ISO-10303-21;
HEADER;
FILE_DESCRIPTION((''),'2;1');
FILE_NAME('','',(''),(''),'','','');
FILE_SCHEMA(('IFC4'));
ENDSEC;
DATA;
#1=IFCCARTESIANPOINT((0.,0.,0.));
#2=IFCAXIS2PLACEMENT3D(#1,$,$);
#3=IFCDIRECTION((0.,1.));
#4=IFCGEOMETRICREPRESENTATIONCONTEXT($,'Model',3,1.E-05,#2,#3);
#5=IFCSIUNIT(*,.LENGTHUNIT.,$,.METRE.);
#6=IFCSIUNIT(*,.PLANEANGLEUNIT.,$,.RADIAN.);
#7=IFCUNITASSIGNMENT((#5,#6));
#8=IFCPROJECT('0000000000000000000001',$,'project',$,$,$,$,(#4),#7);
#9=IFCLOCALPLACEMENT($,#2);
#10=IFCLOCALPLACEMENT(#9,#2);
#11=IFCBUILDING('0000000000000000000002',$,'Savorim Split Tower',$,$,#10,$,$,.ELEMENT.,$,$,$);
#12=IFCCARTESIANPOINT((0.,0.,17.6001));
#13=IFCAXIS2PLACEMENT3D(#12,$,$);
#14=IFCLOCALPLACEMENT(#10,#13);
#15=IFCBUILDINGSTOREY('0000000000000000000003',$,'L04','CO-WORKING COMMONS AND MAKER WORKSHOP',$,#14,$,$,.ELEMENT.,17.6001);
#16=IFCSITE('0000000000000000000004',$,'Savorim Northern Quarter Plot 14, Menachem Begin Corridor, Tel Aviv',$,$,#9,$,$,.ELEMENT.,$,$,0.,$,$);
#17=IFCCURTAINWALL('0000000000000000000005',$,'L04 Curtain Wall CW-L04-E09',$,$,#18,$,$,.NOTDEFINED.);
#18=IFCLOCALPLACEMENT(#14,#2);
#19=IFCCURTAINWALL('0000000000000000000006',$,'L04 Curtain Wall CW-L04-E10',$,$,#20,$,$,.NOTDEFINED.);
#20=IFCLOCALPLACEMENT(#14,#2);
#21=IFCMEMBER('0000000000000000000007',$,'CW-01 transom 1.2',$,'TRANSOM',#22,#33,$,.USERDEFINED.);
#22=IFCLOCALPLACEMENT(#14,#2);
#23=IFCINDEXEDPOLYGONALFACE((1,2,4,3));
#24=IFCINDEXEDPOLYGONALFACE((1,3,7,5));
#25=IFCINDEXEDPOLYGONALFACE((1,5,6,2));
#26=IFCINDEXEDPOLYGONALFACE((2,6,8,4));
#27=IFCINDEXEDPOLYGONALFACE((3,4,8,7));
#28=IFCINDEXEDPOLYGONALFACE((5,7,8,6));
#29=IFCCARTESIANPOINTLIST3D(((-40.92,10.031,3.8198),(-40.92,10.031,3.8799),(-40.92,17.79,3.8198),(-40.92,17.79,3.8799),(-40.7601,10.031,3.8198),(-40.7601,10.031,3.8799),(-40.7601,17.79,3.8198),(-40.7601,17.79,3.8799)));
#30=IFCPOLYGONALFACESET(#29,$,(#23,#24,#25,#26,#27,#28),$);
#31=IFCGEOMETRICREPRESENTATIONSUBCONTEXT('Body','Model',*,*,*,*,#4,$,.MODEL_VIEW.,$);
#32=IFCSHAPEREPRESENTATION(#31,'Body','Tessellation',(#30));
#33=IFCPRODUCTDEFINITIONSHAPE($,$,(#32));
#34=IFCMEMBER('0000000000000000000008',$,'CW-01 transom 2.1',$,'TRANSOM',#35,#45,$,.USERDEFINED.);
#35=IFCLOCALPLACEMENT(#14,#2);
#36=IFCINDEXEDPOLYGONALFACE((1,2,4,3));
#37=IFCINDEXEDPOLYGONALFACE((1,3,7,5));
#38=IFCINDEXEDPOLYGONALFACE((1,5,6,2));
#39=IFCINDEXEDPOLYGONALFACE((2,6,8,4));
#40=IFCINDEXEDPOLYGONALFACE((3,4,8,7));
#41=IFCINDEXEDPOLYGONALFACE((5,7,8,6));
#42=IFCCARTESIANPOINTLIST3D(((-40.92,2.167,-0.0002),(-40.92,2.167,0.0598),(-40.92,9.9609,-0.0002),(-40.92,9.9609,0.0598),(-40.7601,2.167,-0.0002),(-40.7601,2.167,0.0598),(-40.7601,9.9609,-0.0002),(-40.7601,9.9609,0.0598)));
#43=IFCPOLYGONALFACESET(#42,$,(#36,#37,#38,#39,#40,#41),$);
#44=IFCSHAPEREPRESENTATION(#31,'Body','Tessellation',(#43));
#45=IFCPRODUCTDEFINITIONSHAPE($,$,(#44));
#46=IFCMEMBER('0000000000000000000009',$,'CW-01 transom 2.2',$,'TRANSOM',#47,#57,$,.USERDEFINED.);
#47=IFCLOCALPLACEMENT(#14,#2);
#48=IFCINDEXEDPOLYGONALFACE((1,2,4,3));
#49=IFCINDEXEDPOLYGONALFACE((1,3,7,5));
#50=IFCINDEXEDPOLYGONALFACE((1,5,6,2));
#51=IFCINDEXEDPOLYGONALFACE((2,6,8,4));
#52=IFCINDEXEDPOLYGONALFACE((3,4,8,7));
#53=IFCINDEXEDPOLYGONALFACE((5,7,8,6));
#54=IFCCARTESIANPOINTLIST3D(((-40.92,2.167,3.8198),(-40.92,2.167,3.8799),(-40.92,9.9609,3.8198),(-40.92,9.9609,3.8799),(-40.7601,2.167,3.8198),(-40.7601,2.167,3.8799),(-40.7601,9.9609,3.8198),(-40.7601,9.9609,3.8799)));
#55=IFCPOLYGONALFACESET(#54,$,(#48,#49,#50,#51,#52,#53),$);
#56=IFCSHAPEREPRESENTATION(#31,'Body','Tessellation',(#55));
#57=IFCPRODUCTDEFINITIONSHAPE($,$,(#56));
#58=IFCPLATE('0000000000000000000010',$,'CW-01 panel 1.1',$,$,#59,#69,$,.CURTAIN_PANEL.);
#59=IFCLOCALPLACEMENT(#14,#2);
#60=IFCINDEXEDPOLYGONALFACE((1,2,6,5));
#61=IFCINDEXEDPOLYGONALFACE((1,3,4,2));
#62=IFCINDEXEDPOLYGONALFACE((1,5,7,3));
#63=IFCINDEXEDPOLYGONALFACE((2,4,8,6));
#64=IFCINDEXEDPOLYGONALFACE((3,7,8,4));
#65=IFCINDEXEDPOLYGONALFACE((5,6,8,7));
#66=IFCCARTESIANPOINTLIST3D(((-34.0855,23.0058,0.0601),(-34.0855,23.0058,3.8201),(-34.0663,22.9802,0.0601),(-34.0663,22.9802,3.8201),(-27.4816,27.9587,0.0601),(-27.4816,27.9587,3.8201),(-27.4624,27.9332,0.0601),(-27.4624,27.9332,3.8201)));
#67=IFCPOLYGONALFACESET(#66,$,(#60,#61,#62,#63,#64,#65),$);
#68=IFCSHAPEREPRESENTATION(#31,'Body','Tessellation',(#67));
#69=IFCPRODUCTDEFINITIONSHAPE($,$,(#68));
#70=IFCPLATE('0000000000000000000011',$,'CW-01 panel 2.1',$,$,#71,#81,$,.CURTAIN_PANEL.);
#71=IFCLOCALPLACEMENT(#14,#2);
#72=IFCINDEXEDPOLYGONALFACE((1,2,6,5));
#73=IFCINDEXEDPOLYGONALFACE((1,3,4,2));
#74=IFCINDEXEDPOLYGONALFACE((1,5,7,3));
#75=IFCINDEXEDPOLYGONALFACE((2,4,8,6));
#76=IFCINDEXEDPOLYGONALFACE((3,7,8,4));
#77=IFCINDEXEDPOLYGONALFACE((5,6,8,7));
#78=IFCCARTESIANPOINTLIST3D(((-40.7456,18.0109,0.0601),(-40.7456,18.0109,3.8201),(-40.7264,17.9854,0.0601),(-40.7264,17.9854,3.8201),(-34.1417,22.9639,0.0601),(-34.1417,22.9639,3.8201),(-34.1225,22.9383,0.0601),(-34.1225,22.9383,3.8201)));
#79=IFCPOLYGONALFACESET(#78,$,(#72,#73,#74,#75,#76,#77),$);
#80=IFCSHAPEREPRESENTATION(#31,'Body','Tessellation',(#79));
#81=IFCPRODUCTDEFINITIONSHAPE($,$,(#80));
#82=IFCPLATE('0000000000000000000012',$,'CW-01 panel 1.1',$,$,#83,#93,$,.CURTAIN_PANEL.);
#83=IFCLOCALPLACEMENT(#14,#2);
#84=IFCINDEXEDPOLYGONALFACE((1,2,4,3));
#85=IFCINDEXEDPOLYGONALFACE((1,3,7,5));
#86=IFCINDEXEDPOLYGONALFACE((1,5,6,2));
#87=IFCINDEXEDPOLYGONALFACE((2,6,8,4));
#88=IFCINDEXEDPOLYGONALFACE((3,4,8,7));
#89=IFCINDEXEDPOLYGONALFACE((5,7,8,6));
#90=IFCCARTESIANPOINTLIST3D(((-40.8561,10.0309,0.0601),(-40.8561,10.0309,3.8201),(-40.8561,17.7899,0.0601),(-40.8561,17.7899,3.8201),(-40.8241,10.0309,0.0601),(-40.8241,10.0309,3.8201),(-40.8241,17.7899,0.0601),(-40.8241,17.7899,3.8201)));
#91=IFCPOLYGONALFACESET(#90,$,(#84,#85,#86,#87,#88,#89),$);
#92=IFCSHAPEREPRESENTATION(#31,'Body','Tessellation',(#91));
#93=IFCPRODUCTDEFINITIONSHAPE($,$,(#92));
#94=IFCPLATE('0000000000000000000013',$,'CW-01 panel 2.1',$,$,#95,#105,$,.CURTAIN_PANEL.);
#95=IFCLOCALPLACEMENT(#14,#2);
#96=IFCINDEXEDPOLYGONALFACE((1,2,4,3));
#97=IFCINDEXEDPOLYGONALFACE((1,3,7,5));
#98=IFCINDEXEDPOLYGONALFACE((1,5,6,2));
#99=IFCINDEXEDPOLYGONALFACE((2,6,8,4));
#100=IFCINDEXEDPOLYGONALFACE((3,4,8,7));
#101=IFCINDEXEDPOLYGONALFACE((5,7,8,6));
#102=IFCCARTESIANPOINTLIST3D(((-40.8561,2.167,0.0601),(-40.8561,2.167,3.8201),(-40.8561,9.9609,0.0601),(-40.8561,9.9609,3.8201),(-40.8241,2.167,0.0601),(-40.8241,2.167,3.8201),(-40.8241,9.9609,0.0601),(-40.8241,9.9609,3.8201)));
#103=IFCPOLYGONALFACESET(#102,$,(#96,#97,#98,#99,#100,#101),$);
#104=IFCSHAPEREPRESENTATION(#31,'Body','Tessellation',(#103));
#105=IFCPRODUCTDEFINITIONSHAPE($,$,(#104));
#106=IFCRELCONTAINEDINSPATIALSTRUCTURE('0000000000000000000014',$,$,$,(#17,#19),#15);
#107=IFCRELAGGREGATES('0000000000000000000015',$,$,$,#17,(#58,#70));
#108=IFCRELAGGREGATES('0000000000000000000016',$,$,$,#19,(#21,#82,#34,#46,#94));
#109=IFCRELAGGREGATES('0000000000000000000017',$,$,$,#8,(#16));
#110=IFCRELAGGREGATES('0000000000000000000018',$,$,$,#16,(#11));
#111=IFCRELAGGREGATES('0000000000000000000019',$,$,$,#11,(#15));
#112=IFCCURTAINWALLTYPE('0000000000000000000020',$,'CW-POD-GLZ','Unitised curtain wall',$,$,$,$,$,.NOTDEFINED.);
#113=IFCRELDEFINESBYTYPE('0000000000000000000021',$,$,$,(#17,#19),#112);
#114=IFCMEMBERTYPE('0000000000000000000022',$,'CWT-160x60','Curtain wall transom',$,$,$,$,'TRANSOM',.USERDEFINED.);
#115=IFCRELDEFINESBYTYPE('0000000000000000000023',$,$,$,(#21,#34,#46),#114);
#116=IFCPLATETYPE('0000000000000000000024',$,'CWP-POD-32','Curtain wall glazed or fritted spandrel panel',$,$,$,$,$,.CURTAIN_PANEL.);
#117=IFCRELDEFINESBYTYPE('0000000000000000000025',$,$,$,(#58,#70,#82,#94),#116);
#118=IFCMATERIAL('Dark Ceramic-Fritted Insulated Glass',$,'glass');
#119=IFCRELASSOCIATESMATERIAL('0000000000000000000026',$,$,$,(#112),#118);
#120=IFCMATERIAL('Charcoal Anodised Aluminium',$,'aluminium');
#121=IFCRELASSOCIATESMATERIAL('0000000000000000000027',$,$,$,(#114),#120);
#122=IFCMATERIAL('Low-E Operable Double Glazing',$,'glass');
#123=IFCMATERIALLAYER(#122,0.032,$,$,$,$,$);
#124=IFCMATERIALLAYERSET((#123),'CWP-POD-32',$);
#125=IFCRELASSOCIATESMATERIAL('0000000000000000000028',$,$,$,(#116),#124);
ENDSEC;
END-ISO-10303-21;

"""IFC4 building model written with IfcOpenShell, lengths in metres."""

from ifc_helpers import new_model, si_unit, direction, frame, origin, origin_2d, place, context, subcontext, project, spatial, rectangle, extrude, material, layer, layer_set, material_profile, profile_set, type_object, element, aggregate, save


model = new_model("IFC4")

# Units and contexts
model_context = context("Model", 3, precision=1e-05, world=origin(), true_north=direction((0.0, 1.0)))
body_context = subcontext(model_context, "Body", "Model", "MODEL_VIEW")
ifc_project = project(units=[si_unit("LENGTHUNIT", "METRE"), si_unit("PLANEANGLEUNIT", "RADIAN")], contexts=[model_context])

# Site, building, storey
site_placement = place(None, origin())
site = spatial("IfcSite", under=ifc_project, at=site_placement, Name="Savorim Northern Quarter Plot 14, Menachem Begin Corridor, Tel Aviv", CompositionType="ELEMENT", RefElevation=0.0)
building_placement = place(site_placement, origin())
building = spatial("IfcBuilding", under=site, at=building_placement, Name="Savorim Split Tower", CompositionType="ELEMENT")
storey_placement = place(building_placement, frame((0.0, 0.0, 17.6001)))
storey = spatial("IfcBuildingStorey", under=building, at=storey_placement, Name="L04", Description="CO-WORKING COMMONS AND MAKER WORKSHOP", CompositionType="ELEMENT", Elevation=17.6001)

# Curtain walls
ifc_material_1 = material(Name="Dark Ceramic-Fritted Insulated Glass", Category="glass")
curtain_wall_type = type_object("IfcCurtainWallType", Name="CW-POD-GLZ", Description="Unitised curtain wall", PredefinedType="NOTDEFINED", material=ifc_material_1)
curtain_wall_1_placement = place(storey_placement, origin())
curtain_wall_1 = element("IfcCurtainWall", 1, at=curtain_wall_1_placement, inside=storey, type_object=curtain_wall_type, Name="L04 Curtain Wall CW-L04-E09", PredefinedType="NOTDEFINED")
ifc_material_2 = material(Name="Charcoal Anodised Aluminium", Category="aluminium")
curtain_wall_2_placement = place(storey_placement, origin())
curtain_wall_2 = element("IfcCurtainWall", 2, at=curtain_wall_2_placement, inside=storey, type_object=curtain_wall_type, Name="L04 Curtain Wall CW-L04-E10", PredefinedType="NOTDEFINED")

# Members
ifc_material_profile_1 = material_profile(ifc_material_2, rectangle(XDim=0.1599, YDim=0.0601, at=origin_2d()), Name="ALU-T 160x60")
ifc_profile_set_1 = profile_set([ifc_material_profile_1], Name="Charcoal Anodised Aluminium")
member_type_1 = type_object("IfcMemberType", Name="CWT-160x60", Description="Curtain wall transom", ElementType="TRANSOM", PredefinedType="USERDEFINED", material=ifc_profile_set_1)
member_1_placement = place(storey_placement, frame((-40.8401, 17.79, 3.8499), z_axis=(0.0, -1.0, 0.0), x_axis=(1.0, 0.0, 0.0)))
member_1 = element("IfcMember", 3, at=member_1_placement, type_object=member_type_1, Name="CW-01 transom 1.2", ObjectType="TRANSOM", PredefinedType="USERDEFINED", context=body_context, shape_type="SweptSolid", body=[
    extrude(rectangle(XDim=0.1599, YDim=0.0601, at=origin_2d()), origin(), (0.0, 0.0, 1.0), 7.759),
])
member_2_placement = place(storey_placement, frame((-40.8401, 9.9609, 0.0298), z_axis=(0.0, -1.0, 0.0), x_axis=(1.0, 0.0, 0.0)))
member_2 = element("IfcMember", 4, at=member_2_placement, type_object=member_type_1, Name="CW-01 transom 2.1", ObjectType="TRANSOM", PredefinedType="USERDEFINED", context=body_context, shape_type="SweptSolid", body=[
    extrude(rectangle(XDim=0.1599, YDim=0.0601, at=origin_2d()), origin(), (0.0, 0.0, 1.0), 7.7939),
])
member_3_placement = place(storey_placement, frame((-40.8401, 9.9609, 3.8499), z_axis=(0.0, -1.0, 0.0), x_axis=(1.0, 0.0, 0.0)))
member_3 = element("IfcMember", 5, at=member_3_placement, type_object=member_type_1, Name="CW-01 transom 2.2", ObjectType="TRANSOM", PredefinedType="USERDEFINED", context=body_context, shape_type="SweptSolid", body=[
    extrude(rectangle(XDim=0.1599, YDim=0.0601, at=origin_2d()), origin(), (0.0, 0.0, 1.0), 7.7939),
])

# Plates
ifc_material_3 = material(Name="Low-E Operable Double Glazing", Category="glass")
ifc_layer_1 = layer(ifc_material_3, 0.032)
ifc_layer_set_1 = layer_set([ifc_layer_1], Name="CWP-POD-32")
plate_type = type_object("IfcPlateType", Name="CWP-POD-32", Description="Curtain wall glazed or fritted spandrel panel", PredefinedType="CURTAIN_PANEL", material=ifc_layer_set_1)
plate_1_placement = place(storey_placement, frame((-30.7739, 25.4695, 0.0601), z_axis=(0.0, 0.0, 1.0), x_axis=(-0.8, -0.6, 0.0)))
plate_1 = element("IfcPlate", 6, at=plate_1_placement, type_object=plate_type, Name="CW-01 panel 1.1", PredefinedType="CURTAIN_PANEL", context=body_context, shape_type="SweptSolid", body=[
    extrude(rectangle(XDim=8.2549, YDim=0.032, at=origin_2d()), origin(), (0.0, 0.0, 1.0), 3.76),
])
plate_2_placement = place(storey_placement, frame((-37.4341, 20.4746, 0.0601), z_axis=(0.0, 0.0, 1.0), x_axis=(-0.8, -0.6, 0.0)))
plate_2 = element("IfcPlate", 7, at=plate_2_placement, type_object=plate_type, Name="CW-01 panel 2.1", PredefinedType="CURTAIN_PANEL", context=body_context, shape_type="SweptSolid", body=[
    extrude(rectangle(XDim=8.2549, YDim=0.032, at=origin_2d()), origin(), (0.0, 0.0, 1.0), 3.76),
])
aggregate(curtain_wall_1, [plate_1, plate_2])
plate_3_placement = place(storey_placement, frame((-40.8401, 13.9104, 0.0601), z_axis=(0.0, 0.0, 1.0), x_axis=(0.0, -1.0, 0.0)))
plate_3 = element("IfcPlate", 8, at=plate_3_placement, type_object=plate_type, Name="CW-01 panel 1.1", PredefinedType="CURTAIN_PANEL", context=body_context, shape_type="SweptSolid", body=[
    extrude(rectangle(XDim=7.759, YDim=0.032, at=origin_2d()), origin(), (0.0, 0.0, 1.0), 3.76),
])
plate_4_placement = place(storey_placement, frame((-40.8401, 6.064, 0.0601), z_axis=(0.0, 0.0, 1.0), x_axis=(0.0, -1.0, 0.0)))
plate_4 = element("IfcPlate", 9, at=plate_4_placement, type_object=plate_type, Name="CW-01 panel 2.1", PredefinedType="CURTAIN_PANEL", context=body_context, shape_type="SweptSolid", body=[
    extrude(rectangle(XDim=7.7939, YDim=0.032, at=origin_2d()), origin(), (0.0, 0.0, 1.0), 3.76),
])
aggregate(curtain_wall_2, [member_1, plate_3, member_2, member_3, plate_4])

save(model, "model.ifc")
